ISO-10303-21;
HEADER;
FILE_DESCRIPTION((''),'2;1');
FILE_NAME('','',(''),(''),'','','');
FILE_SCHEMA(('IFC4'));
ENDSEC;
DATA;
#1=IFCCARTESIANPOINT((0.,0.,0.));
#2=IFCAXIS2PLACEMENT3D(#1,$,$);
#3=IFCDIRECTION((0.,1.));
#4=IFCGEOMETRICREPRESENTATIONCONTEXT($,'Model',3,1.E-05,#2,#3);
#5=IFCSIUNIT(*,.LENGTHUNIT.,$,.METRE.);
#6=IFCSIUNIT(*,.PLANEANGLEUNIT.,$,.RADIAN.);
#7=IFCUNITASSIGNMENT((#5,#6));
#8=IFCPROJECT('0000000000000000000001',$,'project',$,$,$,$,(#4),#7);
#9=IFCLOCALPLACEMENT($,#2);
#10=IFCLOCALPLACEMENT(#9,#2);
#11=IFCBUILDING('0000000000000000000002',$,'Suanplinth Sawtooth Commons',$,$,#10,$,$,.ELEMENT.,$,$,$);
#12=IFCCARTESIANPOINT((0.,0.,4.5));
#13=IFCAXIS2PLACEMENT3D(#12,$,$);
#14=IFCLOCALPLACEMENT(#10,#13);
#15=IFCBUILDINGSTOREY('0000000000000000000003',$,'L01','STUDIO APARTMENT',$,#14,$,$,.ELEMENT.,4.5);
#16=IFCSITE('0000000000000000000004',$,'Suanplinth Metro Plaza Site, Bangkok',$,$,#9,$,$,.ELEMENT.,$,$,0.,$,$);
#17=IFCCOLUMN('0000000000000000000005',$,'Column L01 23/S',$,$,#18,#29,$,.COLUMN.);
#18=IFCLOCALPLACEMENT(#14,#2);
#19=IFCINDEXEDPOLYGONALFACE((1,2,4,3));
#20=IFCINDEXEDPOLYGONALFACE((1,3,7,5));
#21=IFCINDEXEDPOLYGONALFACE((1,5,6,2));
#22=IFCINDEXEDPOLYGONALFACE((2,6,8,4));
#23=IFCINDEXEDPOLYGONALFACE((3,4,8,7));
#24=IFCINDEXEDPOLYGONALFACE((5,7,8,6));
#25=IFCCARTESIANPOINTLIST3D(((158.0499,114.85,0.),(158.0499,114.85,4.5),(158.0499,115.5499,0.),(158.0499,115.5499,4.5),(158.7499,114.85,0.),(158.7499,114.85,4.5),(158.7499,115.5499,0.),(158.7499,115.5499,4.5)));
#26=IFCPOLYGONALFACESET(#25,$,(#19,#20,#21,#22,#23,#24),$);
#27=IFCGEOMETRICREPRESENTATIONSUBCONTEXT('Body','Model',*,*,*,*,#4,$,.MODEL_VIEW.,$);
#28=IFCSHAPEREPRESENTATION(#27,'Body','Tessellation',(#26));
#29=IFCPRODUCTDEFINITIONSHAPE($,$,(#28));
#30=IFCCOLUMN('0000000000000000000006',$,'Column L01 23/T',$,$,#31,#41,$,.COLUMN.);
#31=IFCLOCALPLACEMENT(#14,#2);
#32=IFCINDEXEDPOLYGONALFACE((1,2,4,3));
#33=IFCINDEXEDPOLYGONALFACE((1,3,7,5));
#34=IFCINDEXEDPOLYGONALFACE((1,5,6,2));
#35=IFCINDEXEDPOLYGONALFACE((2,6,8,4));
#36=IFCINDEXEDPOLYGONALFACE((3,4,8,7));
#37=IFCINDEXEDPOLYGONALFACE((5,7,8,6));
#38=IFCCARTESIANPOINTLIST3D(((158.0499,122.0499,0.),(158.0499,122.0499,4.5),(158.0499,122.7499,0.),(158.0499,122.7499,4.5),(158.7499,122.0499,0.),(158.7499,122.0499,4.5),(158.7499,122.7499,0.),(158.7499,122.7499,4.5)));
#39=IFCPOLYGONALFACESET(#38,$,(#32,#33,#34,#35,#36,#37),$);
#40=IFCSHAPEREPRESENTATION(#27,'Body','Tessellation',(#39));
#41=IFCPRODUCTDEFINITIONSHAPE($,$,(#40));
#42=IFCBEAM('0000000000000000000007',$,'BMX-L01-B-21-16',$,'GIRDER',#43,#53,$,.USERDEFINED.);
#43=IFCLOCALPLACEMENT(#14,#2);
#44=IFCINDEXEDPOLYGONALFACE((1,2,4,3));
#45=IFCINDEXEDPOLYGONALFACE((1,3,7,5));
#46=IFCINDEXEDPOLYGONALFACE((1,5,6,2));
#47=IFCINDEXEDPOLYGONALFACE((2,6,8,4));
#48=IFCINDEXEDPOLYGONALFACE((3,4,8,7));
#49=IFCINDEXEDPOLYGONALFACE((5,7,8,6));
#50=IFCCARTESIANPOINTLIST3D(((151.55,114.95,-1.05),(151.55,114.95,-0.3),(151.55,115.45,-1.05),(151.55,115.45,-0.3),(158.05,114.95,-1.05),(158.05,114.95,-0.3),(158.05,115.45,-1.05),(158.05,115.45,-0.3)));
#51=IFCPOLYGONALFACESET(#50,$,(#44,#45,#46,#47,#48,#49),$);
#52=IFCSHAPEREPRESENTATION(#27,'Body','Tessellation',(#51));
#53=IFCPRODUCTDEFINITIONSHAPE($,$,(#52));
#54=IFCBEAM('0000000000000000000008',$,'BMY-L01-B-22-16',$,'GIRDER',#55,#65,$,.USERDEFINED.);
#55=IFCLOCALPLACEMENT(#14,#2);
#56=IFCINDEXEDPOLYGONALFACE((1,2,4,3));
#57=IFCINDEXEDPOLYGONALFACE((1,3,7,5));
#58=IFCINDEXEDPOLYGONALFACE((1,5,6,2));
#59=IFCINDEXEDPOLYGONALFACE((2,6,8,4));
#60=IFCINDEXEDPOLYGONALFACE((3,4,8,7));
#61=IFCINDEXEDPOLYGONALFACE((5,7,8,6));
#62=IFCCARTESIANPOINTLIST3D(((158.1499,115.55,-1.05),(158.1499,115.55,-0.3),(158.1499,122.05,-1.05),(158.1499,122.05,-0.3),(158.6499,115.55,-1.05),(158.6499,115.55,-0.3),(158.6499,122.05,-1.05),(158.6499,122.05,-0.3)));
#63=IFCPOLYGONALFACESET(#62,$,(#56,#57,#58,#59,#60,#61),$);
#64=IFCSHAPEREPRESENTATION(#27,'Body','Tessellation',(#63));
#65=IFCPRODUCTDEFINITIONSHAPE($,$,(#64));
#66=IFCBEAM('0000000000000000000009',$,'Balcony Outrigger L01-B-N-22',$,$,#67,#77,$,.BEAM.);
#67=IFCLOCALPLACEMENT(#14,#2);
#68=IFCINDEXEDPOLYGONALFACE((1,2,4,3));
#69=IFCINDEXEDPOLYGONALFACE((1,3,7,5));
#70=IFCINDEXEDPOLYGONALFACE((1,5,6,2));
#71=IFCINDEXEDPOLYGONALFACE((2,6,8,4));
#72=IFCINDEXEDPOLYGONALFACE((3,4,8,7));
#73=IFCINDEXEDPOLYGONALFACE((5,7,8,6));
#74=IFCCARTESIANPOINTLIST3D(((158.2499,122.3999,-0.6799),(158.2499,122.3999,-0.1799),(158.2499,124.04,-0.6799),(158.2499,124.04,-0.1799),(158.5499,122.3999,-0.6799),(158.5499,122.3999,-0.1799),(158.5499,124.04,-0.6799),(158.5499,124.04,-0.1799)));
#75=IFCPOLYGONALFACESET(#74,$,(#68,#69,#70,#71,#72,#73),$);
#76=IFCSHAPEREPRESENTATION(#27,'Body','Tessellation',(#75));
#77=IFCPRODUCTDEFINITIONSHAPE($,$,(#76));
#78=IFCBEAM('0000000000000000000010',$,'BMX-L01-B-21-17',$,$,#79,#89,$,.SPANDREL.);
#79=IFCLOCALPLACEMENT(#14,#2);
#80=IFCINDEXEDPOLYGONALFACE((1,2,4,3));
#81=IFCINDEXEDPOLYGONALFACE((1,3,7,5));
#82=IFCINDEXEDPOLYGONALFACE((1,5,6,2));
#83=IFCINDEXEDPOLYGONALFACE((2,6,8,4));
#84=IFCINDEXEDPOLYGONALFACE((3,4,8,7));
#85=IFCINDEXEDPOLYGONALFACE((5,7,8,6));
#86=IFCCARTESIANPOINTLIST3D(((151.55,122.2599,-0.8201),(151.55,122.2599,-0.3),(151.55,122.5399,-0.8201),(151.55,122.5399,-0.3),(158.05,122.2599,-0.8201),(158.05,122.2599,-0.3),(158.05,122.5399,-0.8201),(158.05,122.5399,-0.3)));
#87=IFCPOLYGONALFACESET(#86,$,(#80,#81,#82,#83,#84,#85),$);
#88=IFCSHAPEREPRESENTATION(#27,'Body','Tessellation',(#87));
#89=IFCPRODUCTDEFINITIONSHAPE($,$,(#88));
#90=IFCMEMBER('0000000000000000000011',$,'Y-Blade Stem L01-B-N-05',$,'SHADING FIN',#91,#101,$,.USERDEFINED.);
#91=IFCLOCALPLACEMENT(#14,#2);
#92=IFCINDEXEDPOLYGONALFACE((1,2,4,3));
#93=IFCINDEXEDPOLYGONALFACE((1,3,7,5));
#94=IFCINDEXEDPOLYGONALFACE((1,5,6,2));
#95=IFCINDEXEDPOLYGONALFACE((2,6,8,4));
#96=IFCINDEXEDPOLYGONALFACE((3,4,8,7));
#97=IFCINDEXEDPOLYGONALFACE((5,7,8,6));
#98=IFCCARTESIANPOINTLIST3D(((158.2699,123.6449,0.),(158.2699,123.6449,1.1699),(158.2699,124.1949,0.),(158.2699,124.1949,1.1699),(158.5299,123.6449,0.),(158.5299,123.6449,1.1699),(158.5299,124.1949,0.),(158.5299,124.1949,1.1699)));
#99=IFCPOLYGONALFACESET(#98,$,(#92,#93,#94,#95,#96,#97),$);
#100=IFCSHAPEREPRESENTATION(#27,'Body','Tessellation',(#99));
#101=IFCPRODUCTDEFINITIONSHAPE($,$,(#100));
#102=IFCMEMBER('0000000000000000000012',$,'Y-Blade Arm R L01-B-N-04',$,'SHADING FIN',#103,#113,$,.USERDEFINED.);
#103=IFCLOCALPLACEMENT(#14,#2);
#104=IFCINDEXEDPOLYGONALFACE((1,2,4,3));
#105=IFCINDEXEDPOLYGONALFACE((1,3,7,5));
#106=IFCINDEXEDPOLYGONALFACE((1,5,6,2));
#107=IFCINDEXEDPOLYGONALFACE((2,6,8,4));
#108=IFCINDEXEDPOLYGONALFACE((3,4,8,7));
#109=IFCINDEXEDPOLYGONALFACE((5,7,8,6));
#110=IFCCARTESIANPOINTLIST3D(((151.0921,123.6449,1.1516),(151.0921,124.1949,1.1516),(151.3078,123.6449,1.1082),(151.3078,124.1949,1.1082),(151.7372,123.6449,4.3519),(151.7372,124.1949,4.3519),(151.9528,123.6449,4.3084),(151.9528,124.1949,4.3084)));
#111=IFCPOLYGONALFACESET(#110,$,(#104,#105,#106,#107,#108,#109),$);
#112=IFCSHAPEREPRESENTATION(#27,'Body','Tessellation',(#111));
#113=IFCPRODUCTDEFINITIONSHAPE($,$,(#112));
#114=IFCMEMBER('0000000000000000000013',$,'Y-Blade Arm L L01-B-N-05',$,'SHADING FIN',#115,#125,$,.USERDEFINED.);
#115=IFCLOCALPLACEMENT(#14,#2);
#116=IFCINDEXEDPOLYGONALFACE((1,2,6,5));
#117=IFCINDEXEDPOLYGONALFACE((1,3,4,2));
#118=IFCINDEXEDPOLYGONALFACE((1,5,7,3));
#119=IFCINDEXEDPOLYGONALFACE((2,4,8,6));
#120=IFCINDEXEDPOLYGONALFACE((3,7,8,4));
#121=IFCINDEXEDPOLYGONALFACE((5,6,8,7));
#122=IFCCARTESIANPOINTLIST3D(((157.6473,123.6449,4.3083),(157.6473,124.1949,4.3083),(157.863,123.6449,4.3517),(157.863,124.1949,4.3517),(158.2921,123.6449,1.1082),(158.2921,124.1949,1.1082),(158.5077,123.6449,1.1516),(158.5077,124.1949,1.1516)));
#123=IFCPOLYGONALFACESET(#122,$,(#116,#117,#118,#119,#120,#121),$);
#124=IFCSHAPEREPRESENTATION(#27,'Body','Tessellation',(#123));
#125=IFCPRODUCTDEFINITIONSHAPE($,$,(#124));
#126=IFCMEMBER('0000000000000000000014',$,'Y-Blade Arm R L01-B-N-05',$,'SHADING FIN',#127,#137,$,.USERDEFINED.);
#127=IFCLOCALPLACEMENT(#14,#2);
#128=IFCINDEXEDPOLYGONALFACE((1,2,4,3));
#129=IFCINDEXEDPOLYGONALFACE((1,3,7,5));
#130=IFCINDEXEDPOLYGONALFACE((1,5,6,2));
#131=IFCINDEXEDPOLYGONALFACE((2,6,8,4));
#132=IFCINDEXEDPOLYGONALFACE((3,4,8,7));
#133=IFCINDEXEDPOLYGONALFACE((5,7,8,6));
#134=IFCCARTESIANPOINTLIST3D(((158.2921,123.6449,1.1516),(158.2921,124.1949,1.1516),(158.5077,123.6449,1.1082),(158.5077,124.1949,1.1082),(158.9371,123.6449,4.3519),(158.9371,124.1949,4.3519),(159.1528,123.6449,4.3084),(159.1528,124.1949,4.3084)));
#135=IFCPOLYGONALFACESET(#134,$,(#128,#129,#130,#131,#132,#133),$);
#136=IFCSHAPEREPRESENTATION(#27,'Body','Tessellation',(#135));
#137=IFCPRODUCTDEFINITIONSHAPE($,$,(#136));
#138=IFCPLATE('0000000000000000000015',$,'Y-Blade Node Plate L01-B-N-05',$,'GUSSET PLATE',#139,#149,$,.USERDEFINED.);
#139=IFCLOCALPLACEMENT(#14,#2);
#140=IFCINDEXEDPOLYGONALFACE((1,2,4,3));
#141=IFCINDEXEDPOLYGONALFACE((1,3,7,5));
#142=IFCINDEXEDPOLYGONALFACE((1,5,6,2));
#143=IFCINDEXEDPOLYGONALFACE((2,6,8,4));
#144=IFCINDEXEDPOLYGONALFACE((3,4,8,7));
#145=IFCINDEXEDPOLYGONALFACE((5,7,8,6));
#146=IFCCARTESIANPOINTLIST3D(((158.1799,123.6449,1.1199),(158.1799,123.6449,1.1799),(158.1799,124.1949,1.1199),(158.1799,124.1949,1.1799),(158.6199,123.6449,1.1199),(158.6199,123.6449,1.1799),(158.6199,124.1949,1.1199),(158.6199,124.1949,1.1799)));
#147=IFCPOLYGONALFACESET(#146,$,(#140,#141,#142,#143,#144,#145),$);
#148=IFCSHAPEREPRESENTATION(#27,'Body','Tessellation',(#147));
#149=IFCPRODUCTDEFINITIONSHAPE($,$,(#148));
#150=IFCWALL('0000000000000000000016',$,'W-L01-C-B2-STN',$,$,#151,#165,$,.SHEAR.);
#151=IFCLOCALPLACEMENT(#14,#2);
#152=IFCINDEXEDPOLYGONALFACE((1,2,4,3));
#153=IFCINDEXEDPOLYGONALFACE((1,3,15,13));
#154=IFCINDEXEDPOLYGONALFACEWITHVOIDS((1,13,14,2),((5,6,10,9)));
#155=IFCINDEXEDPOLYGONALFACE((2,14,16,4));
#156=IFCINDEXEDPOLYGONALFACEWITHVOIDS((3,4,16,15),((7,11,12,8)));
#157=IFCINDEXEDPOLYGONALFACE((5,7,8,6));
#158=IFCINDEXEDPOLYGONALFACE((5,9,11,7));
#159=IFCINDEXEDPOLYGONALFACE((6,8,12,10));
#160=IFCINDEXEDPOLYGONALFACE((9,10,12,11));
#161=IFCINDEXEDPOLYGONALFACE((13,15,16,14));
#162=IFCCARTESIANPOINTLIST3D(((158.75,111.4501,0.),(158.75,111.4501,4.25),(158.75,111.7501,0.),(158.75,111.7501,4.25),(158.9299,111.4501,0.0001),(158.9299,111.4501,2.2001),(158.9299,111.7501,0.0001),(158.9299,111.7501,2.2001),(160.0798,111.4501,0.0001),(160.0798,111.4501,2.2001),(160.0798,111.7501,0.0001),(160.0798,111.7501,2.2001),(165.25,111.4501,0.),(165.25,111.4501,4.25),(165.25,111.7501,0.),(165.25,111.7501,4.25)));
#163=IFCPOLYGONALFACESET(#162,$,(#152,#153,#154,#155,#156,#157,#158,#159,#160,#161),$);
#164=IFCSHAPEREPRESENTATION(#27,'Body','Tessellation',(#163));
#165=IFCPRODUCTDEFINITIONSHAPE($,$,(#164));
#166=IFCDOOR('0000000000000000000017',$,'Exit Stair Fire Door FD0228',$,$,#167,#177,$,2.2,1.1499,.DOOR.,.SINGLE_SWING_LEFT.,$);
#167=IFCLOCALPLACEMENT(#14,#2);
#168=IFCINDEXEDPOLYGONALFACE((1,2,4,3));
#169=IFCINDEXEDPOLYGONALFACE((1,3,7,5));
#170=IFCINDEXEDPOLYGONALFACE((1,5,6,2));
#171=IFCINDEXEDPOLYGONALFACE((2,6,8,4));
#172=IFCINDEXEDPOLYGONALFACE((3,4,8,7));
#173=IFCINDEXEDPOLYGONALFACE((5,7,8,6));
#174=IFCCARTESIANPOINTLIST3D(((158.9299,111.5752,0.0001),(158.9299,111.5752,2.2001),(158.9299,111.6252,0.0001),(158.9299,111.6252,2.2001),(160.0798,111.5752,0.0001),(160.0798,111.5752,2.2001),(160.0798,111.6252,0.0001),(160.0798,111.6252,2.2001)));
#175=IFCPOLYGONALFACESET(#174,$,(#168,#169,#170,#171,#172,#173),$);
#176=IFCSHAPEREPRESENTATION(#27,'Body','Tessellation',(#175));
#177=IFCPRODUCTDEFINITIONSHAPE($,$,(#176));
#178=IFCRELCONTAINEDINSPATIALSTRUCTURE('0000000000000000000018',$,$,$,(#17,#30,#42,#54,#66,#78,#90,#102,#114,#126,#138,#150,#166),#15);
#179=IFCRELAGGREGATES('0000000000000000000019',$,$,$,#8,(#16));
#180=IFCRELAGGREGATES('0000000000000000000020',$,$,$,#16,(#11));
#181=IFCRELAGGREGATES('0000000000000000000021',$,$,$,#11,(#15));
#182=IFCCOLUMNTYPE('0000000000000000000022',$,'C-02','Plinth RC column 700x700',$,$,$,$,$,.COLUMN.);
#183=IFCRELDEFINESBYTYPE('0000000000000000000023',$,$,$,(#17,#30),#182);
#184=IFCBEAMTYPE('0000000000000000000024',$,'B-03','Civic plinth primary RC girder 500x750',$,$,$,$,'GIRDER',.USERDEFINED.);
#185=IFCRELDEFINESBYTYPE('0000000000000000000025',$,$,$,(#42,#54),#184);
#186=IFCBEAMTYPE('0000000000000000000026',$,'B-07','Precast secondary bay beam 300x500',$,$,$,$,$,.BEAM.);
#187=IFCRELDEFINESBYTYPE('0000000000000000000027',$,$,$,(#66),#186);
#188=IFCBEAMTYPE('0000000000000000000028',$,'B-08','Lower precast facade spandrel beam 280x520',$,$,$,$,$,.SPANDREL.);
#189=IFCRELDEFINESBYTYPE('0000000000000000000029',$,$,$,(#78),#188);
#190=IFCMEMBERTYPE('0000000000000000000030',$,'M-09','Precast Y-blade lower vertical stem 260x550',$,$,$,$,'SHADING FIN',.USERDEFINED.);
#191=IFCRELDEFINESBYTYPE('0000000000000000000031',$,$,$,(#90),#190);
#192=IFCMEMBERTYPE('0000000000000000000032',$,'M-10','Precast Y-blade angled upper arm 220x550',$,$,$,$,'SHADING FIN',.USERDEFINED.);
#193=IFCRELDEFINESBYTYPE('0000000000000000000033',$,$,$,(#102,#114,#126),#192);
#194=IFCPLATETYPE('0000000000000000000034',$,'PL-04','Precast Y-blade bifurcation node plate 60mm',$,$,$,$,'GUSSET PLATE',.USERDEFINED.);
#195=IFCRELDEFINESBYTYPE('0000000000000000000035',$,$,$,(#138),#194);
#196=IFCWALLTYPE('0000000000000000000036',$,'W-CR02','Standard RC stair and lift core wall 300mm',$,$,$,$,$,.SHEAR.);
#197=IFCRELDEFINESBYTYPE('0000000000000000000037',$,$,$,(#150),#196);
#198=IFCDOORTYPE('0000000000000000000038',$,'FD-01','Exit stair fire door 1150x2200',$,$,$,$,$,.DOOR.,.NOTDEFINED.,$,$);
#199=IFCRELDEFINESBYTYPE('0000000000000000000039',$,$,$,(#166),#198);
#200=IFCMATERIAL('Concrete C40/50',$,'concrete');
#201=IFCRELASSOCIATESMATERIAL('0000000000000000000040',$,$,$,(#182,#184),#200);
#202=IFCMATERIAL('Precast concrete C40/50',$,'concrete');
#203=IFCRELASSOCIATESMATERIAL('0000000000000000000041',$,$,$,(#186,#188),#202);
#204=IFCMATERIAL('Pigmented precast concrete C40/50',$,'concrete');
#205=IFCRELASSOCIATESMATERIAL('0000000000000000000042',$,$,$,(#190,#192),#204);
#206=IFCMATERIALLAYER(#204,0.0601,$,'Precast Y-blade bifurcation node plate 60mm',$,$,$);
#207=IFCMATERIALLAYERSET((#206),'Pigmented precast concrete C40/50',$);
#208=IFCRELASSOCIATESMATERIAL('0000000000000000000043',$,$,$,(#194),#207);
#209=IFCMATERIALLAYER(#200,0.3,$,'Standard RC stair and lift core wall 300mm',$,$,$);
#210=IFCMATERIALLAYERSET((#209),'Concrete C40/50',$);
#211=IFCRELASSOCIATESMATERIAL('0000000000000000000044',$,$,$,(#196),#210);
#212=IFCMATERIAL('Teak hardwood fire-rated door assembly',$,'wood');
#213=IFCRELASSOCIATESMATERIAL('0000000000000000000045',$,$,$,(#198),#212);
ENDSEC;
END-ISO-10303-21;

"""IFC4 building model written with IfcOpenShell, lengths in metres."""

from ifc_helpers import new_model, si_unit, direction, frame, frame_2d, origin, origin_2d, place, context, subcontext, project, spatial, rectangle, extrude, material, layer, layer_set, material_profile, profile_set, type_object, element, fill, save


model = new_model("IFC4")

# Units and contexts
model_context = context("Model", 3, precision=1e-05, world=origin(), true_north=direction((0.0, 1.0)))
body_context = subcontext(model_context, "Body", "Model", "MODEL_VIEW")
ifc_project = project(units=[si_unit("LENGTHUNIT", "METRE"), si_unit("PLANEANGLEUNIT", "RADIAN")], contexts=[model_context])

# Site, building, storey
site_placement = place(None, origin())
site = spatial("IfcSite", under=ifc_project, at=site_placement, Name="Suanplinth Metro Plaza Site, Bangkok", CompositionType="ELEMENT", RefElevation=0.0)
building_placement = place(site_placement, origin())
building = spatial("IfcBuilding", under=site, at=building_placement, Name="Suanplinth Sawtooth Commons", CompositionType="ELEMENT")
storey_placement = place(building_placement, frame((0.0, 0.0, 4.5)))
storey = spatial("IfcBuildingStorey", under=building, at=storey_placement, Name="L01", Description="STUDIO APARTMENT", CompositionType="ELEMENT", Elevation=4.5)

# Columns
ifc_material_1 = material(Name="Concrete C40/50", Category="concrete")
ifc_material_profile_1 = material_profile(ifc_material_1, rectangle(XDim=0.7, YDim=0.7, at=origin_2d()), Name="RC-COL 700x700")
ifc_profile_set_1 = profile_set([ifc_material_profile_1], Name="Concrete C40/50")
column_type = type_object("IfcColumnType", Name="C-02", Description="Plinth RC column 700x700", PredefinedType="COLUMN", material=ifc_profile_set_1)
for number, where, z_axis, x_axis, name in (
    (1, (158.3999, 115.2, 0.0), (0.0, 0.0, 1.0), (1.0, 0.0, 0.0), "Column L01 23/S"),
    (2, (158.3999, 122.3999, 0.0), (0.0, 0.0, 1.0), (1.0, 0.0, 0.0), "Column L01 23/T"),
):
    element("IfcColumn", number, at=place(storey_placement, frame(where, z_axis=z_axis, x_axis=x_axis)), inside=storey, type_object=column_type, Name=name, PredefinedType="COLUMN", context=body_context, shape_type="SweptSolid", body=[
        extrude(rectangle(XDim=0.7, YDim=0.7, at=origin_2d()), origin(), (0.0, 0.0, 1.0), 4.5),
    ])

# Beams
ifc_material_profile_2 = material_profile(ifc_material_1, rectangle(XDim=0.5, YDim=0.75, at=origin_2d()), Name="RC-GDR 500x750")
ifc_profile_set_2 = profile_set([ifc_material_profile_2], Name="Concrete C40/50")
beam_type_1 = type_object("IfcBeamType", Name="B-03", Description="Civic plinth primary RC girder 500x750", ElementType="GIRDER", PredefinedType="USERDEFINED", material=ifc_profile_set_2)
for number, where, z_axis, x_axis, name in (
    (3, (151.55, 115.2, -0.675), (1.0, 0.0, 0.0), (0.0, 1.0, 0.0), "BMX-L01-B-21-16"),
    (4, (158.3999, 115.55, -0.675), (0.0, 1.0, 0.0), (-1.0, 0.0, 0.0), "BMY-L01-B-22-16"),
):
    element("IfcBeam", number, at=place(storey_placement, frame(where, z_axis=z_axis, x_axis=x_axis)), inside=storey, type_object=beam_type_1, Name=name, ObjectType="GIRDER", PredefinedType="USERDEFINED", context=body_context, shape_type="SweptSolid", body=[
        extrude(rectangle(XDim=0.5, YDim=0.75, at=origin_2d()), origin(), (0.0, 0.0, 1.0), 6.5),
    ])
ifc_material_2 = material(Name="Precast concrete C40/50", Category="concrete")
ifc_material_profile_3 = material_profile(ifc_material_2, rectangle(XDim=0.3, YDim=0.5, at=origin_2d()), Name="PC-BM 300x500")
ifc_profile_set_3 = profile_set([ifc_material_profile_3], Name="Precast concrete C40/50")
beam_type_2 = type_object("IfcBeamType", Name="B-07", Description="Precast secondary bay beam 300x500", PredefinedType="BEAM", material=ifc_profile_set_3)
beam_1_placement = place(storey_placement, frame((158.3999, 122.3999, -0.4299), z_axis=(0.0, 1.0, 0.0), x_axis=(-1.0, 0.0, 0.0)))
element("IfcBeam", 5, at=beam_1_placement, inside=storey, type_object=beam_type_2, Name="Balcony Outrigger L01-B-N-22", PredefinedType="BEAM", context=body_context, shape_type="SweptSolid", body=[
    extrude(rectangle(XDim=0.3, YDim=0.5, at=origin_2d()), origin(), (0.0, 0.0, 1.0), 1.6401),
])
ifc_material_profile_4 = material_profile(ifc_material_2, rectangle(XDim=0.28, YDim=0.52, at=origin_2d()), Name="PC-SP 280x520")
ifc_profile_set_4 = profile_set([ifc_material_profile_4], Name="Precast concrete C40/50")
beam_type_3 = type_object("IfcBeamType", Name="B-08", Description="Lower precast facade spandrel beam 280x520", PredefinedType="SPANDREL", material=ifc_profile_set_4)
beam_2_placement = place(storey_placement, frame((151.55, 122.3999, -0.5601), z_axis=(1.0, 0.0, 0.0), x_axis=(0.0, 1.0, 0.0)))
element("IfcBeam", 6, at=beam_2_placement, inside=storey, type_object=beam_type_3, Name="BMX-L01-B-21-17", PredefinedType="SPANDREL", context=body_context, shape_type="SweptSolid", body=[
    extrude(rectangle(XDim=0.28, YDim=0.52, at=origin_2d()), origin(), (0.0, 0.0, 1.0), 6.5),
])

# Members
ifc_material_3 = material(Name="Pigmented precast concrete C40/50", Category="concrete")
ifc_material_profile_5 = material_profile(ifc_material_3, rectangle(XDim=0.26, YDim=0.55, at=origin_2d()), Name="PC-FIN 260x550")
ifc_profile_set_5 = profile_set([ifc_material_profile_5], Name="Pigmented precast concrete C40/50")
member_type_1 = type_object("IfcMemberType", Name="M-09", Description="Precast Y-blade lower vertical stem 260x550", ElementType="SHADING FIN", PredefinedType="USERDEFINED", material=ifc_profile_set_5)
member_1_placement = place(storey_placement, frame((158.3999, 123.9199, 0.0), z_axis=(0.0, 0.0, 1.0), x_axis=(1.0, 0.0, 0.0)))
element("IfcMember", 7, at=member_1_placement, inside=storey, type_object=member_type_1, Name="Y-Blade Stem L01-B-N-05", ObjectType="SHADING FIN", PredefinedType="USERDEFINED", context=body_context, shape_type="SweptSolid", body=[
    extrude(rectangle(XDim=0.26, YDim=0.55, at=origin_2d()), origin(), (0.0, 0.0, 1.0), 1.1699),
])
ifc_material_profile_6 = material_profile(ifc_material_3, rectangle(XDim=0.22, YDim=0.55, at=origin_2d()), Name="PC-FIN 220x550")
ifc_profile_set_6 = profile_set([ifc_material_profile_6], Name="Pigmented precast concrete C40/50")
member_type_2 = type_object("IfcMemberType", Name="M-10", Description="Precast Y-blade angled upper arm 220x550", ElementType="SHADING FIN", PredefinedType="USERDEFINED", material=ifc_profile_set_6)
member_2_placement = place(storey_placement, frame((151.2, 123.9199, 1.1299), z_axis=(0.197583, 0.0, 0.980286), x_axis=(-0.980286, 0.0, 0.197583)))
element("IfcMember", 8, at=member_2_placement, inside=storey, type_object=member_type_2, Name="Y-Blade Arm R L01-B-N-04", ObjectType="SHADING FIN", PredefinedType="USERDEFINED", context=body_context, shape_type="SweptSolid", body=[
    extrude(rectangle(XDim=0.22, YDim=0.55, at=origin_2d()), origin(), (0.0, 0.0, 1.0), 3.2646),
])
member_3_placement = place(storey_placement, frame((158.3999, 123.9199, 1.1299), z_axis=(-0.197511, 0.0, 0.980301), x_axis=(0.980301, 0.0, 0.197511)))
element("IfcMember", 9, at=member_3_placement, inside=storey, type_object=member_type_2, Name="Y-Blade Arm L L01-B-N-05", ObjectType="SHADING FIN", PredefinedType="USERDEFINED", context=body_context, shape_type="SweptSolid", body=[
    extrude(rectangle(XDim=0.22, YDim=0.55, at=origin_2d()), origin(), (0.0, 0.0, 1.0), 3.2644),
])
member_4_placement = place(storey_placement, frame((158.3999, 123.9199, 1.1299), z_axis=(0.197583, 0.0, 0.980286), x_axis=(-0.980286, 0.0, 0.197583)))
element("IfcMember", 10, at=member_4_placement, inside=storey, type_object=member_type_2, Name="Y-Blade Arm R L01-B-N-05", ObjectType="SHADING FIN", PredefinedType="USERDEFINED", context=body_context, shape_type="SweptSolid", body=[
    extrude(rectangle(XDim=0.22, YDim=0.55, at=origin_2d()), origin(), (0.0, 0.0, 1.0), 3.2646),
])

# Plate
ifc_layer_1 = layer(ifc_material_3, 0.0601, Name="Precast Y-blade bifurcation node plate 60mm")
ifc_layer_set_1 = layer_set([ifc_layer_1], Name="Pigmented precast concrete C40/50")
plate_type = type_object("IfcPlateType", Name="PL-04", Description="Precast Y-blade bifurcation node plate 60mm", ElementType="GUSSET PLATE", PredefinedType="USERDEFINED", material=ifc_layer_set_1)
plate_placement = place(storey_placement, frame((158.3999, 123.9199, 1.1199), z_axis=(0.0, 0.0, 1.0), x_axis=(1.0, 0.0, 0.0)))
element("IfcPlate", 11, at=plate_placement, inside=storey, type_object=plate_type, Name="Y-Blade Node Plate L01-B-N-05", ObjectType="GUSSET PLATE", PredefinedType="USERDEFINED", context=body_context, shape_type="SweptSolid", body=[
    extrude(rectangle(XDim=0.4399, YDim=0.55, at=origin_2d()), origin(), (0.0, 0.0, 1.0), 0.0601),
])

# Wall, opening, door
ifc_layer_2 = layer(ifc_material_1, 0.3, Name="Standard RC stair and lift core wall 300mm")
ifc_layer_set_2 = layer_set([ifc_layer_2], Name="Concrete C40/50")
wall_type_1 = type_object("IfcWallType", Name="W-CR02", Description="Standard RC stair and lift core wall 300mm", PredefinedType="SHEAR", material=ifc_layer_set_2)
wall_1_placement = place(storey_placement, frame((158.75, 111.6001, 0.0), z_axis=(0.0, 0.0, 1.0), x_axis=(1.0, 0.0, 0.0)))
wall_1 = element("IfcWall", 12, at=wall_1_placement, inside=storey, type_object=wall_type_1, Name="W-L01-C-B2-STN", PredefinedType="SHEAR", context=body_context, shape_type="SweptSolid", body=[
    extrude(rectangle(XDim=6.5, YDim=0.3, at=frame_2d((3.25, 0.0))), origin(), (0.0, 0.0, 1.0), 4.25),
])
opening_1_placement = place(wall_1_placement, frame((0.1799, 0.0, 0.0)))
opening_1 = element("IfcOpeningElement", 13, at=opening_1_placement, cuts=wall_1, PredefinedType="OPENING", context=body_context, shape_type="SweptSolid", body=[
    extrude(rectangle(XDim=1.1499, YDim=2.2, at=frame_2d((0.575, 1.1001))), frame((0.0, 0.165, 0.0), z_axis=(0.0, -1.0, 0.0), x_axis=(1.0, 0.0, 0.0)), (0.0, 0.0, 1.0), 0.3298),
])
ifc_material_4 = material(Name="Teak hardwood fire-rated door assembly", Category="wood")
door_type_1 = type_object("IfcDoorType", Name="FD-01", Description="Exit stair fire door 1150x2200", OperationType="NOTDEFINED", PredefinedType="DOOR", material=ifc_material_4)
door_1_placement = place(opening_1_placement, frame((1.1499, 0.0, 0.0), z_axis=(0.0, 0.0, 1.0), x_axis=(-1.0, 0.0, 0.0)))
door_1 = element("IfcDoor", 14, at=door_1_placement, inside=storey, type_object=door_type_1, Name="Exit Stair Fire Door FD0228", OperationType="SINGLE_SWING_LEFT", OverallHeight=2.2, OverallWidth=1.1499, PredefinedType="DOOR", context=body_context, shape_type="SweptSolid", body=[
    extrude(rectangle(XDim=1.1499, YDim=2.2, at=frame_2d((0.575, 1.1001))), frame((0.0, 0.0249, 0.0), z_axis=(0.0, -1.0, 0.0), x_axis=(1.0, 0.0, 0.0)), (0.0, 0.0, 1.0), 0.05),
])
fill(opening_1, door_1)

save(model, "model.ifc")
